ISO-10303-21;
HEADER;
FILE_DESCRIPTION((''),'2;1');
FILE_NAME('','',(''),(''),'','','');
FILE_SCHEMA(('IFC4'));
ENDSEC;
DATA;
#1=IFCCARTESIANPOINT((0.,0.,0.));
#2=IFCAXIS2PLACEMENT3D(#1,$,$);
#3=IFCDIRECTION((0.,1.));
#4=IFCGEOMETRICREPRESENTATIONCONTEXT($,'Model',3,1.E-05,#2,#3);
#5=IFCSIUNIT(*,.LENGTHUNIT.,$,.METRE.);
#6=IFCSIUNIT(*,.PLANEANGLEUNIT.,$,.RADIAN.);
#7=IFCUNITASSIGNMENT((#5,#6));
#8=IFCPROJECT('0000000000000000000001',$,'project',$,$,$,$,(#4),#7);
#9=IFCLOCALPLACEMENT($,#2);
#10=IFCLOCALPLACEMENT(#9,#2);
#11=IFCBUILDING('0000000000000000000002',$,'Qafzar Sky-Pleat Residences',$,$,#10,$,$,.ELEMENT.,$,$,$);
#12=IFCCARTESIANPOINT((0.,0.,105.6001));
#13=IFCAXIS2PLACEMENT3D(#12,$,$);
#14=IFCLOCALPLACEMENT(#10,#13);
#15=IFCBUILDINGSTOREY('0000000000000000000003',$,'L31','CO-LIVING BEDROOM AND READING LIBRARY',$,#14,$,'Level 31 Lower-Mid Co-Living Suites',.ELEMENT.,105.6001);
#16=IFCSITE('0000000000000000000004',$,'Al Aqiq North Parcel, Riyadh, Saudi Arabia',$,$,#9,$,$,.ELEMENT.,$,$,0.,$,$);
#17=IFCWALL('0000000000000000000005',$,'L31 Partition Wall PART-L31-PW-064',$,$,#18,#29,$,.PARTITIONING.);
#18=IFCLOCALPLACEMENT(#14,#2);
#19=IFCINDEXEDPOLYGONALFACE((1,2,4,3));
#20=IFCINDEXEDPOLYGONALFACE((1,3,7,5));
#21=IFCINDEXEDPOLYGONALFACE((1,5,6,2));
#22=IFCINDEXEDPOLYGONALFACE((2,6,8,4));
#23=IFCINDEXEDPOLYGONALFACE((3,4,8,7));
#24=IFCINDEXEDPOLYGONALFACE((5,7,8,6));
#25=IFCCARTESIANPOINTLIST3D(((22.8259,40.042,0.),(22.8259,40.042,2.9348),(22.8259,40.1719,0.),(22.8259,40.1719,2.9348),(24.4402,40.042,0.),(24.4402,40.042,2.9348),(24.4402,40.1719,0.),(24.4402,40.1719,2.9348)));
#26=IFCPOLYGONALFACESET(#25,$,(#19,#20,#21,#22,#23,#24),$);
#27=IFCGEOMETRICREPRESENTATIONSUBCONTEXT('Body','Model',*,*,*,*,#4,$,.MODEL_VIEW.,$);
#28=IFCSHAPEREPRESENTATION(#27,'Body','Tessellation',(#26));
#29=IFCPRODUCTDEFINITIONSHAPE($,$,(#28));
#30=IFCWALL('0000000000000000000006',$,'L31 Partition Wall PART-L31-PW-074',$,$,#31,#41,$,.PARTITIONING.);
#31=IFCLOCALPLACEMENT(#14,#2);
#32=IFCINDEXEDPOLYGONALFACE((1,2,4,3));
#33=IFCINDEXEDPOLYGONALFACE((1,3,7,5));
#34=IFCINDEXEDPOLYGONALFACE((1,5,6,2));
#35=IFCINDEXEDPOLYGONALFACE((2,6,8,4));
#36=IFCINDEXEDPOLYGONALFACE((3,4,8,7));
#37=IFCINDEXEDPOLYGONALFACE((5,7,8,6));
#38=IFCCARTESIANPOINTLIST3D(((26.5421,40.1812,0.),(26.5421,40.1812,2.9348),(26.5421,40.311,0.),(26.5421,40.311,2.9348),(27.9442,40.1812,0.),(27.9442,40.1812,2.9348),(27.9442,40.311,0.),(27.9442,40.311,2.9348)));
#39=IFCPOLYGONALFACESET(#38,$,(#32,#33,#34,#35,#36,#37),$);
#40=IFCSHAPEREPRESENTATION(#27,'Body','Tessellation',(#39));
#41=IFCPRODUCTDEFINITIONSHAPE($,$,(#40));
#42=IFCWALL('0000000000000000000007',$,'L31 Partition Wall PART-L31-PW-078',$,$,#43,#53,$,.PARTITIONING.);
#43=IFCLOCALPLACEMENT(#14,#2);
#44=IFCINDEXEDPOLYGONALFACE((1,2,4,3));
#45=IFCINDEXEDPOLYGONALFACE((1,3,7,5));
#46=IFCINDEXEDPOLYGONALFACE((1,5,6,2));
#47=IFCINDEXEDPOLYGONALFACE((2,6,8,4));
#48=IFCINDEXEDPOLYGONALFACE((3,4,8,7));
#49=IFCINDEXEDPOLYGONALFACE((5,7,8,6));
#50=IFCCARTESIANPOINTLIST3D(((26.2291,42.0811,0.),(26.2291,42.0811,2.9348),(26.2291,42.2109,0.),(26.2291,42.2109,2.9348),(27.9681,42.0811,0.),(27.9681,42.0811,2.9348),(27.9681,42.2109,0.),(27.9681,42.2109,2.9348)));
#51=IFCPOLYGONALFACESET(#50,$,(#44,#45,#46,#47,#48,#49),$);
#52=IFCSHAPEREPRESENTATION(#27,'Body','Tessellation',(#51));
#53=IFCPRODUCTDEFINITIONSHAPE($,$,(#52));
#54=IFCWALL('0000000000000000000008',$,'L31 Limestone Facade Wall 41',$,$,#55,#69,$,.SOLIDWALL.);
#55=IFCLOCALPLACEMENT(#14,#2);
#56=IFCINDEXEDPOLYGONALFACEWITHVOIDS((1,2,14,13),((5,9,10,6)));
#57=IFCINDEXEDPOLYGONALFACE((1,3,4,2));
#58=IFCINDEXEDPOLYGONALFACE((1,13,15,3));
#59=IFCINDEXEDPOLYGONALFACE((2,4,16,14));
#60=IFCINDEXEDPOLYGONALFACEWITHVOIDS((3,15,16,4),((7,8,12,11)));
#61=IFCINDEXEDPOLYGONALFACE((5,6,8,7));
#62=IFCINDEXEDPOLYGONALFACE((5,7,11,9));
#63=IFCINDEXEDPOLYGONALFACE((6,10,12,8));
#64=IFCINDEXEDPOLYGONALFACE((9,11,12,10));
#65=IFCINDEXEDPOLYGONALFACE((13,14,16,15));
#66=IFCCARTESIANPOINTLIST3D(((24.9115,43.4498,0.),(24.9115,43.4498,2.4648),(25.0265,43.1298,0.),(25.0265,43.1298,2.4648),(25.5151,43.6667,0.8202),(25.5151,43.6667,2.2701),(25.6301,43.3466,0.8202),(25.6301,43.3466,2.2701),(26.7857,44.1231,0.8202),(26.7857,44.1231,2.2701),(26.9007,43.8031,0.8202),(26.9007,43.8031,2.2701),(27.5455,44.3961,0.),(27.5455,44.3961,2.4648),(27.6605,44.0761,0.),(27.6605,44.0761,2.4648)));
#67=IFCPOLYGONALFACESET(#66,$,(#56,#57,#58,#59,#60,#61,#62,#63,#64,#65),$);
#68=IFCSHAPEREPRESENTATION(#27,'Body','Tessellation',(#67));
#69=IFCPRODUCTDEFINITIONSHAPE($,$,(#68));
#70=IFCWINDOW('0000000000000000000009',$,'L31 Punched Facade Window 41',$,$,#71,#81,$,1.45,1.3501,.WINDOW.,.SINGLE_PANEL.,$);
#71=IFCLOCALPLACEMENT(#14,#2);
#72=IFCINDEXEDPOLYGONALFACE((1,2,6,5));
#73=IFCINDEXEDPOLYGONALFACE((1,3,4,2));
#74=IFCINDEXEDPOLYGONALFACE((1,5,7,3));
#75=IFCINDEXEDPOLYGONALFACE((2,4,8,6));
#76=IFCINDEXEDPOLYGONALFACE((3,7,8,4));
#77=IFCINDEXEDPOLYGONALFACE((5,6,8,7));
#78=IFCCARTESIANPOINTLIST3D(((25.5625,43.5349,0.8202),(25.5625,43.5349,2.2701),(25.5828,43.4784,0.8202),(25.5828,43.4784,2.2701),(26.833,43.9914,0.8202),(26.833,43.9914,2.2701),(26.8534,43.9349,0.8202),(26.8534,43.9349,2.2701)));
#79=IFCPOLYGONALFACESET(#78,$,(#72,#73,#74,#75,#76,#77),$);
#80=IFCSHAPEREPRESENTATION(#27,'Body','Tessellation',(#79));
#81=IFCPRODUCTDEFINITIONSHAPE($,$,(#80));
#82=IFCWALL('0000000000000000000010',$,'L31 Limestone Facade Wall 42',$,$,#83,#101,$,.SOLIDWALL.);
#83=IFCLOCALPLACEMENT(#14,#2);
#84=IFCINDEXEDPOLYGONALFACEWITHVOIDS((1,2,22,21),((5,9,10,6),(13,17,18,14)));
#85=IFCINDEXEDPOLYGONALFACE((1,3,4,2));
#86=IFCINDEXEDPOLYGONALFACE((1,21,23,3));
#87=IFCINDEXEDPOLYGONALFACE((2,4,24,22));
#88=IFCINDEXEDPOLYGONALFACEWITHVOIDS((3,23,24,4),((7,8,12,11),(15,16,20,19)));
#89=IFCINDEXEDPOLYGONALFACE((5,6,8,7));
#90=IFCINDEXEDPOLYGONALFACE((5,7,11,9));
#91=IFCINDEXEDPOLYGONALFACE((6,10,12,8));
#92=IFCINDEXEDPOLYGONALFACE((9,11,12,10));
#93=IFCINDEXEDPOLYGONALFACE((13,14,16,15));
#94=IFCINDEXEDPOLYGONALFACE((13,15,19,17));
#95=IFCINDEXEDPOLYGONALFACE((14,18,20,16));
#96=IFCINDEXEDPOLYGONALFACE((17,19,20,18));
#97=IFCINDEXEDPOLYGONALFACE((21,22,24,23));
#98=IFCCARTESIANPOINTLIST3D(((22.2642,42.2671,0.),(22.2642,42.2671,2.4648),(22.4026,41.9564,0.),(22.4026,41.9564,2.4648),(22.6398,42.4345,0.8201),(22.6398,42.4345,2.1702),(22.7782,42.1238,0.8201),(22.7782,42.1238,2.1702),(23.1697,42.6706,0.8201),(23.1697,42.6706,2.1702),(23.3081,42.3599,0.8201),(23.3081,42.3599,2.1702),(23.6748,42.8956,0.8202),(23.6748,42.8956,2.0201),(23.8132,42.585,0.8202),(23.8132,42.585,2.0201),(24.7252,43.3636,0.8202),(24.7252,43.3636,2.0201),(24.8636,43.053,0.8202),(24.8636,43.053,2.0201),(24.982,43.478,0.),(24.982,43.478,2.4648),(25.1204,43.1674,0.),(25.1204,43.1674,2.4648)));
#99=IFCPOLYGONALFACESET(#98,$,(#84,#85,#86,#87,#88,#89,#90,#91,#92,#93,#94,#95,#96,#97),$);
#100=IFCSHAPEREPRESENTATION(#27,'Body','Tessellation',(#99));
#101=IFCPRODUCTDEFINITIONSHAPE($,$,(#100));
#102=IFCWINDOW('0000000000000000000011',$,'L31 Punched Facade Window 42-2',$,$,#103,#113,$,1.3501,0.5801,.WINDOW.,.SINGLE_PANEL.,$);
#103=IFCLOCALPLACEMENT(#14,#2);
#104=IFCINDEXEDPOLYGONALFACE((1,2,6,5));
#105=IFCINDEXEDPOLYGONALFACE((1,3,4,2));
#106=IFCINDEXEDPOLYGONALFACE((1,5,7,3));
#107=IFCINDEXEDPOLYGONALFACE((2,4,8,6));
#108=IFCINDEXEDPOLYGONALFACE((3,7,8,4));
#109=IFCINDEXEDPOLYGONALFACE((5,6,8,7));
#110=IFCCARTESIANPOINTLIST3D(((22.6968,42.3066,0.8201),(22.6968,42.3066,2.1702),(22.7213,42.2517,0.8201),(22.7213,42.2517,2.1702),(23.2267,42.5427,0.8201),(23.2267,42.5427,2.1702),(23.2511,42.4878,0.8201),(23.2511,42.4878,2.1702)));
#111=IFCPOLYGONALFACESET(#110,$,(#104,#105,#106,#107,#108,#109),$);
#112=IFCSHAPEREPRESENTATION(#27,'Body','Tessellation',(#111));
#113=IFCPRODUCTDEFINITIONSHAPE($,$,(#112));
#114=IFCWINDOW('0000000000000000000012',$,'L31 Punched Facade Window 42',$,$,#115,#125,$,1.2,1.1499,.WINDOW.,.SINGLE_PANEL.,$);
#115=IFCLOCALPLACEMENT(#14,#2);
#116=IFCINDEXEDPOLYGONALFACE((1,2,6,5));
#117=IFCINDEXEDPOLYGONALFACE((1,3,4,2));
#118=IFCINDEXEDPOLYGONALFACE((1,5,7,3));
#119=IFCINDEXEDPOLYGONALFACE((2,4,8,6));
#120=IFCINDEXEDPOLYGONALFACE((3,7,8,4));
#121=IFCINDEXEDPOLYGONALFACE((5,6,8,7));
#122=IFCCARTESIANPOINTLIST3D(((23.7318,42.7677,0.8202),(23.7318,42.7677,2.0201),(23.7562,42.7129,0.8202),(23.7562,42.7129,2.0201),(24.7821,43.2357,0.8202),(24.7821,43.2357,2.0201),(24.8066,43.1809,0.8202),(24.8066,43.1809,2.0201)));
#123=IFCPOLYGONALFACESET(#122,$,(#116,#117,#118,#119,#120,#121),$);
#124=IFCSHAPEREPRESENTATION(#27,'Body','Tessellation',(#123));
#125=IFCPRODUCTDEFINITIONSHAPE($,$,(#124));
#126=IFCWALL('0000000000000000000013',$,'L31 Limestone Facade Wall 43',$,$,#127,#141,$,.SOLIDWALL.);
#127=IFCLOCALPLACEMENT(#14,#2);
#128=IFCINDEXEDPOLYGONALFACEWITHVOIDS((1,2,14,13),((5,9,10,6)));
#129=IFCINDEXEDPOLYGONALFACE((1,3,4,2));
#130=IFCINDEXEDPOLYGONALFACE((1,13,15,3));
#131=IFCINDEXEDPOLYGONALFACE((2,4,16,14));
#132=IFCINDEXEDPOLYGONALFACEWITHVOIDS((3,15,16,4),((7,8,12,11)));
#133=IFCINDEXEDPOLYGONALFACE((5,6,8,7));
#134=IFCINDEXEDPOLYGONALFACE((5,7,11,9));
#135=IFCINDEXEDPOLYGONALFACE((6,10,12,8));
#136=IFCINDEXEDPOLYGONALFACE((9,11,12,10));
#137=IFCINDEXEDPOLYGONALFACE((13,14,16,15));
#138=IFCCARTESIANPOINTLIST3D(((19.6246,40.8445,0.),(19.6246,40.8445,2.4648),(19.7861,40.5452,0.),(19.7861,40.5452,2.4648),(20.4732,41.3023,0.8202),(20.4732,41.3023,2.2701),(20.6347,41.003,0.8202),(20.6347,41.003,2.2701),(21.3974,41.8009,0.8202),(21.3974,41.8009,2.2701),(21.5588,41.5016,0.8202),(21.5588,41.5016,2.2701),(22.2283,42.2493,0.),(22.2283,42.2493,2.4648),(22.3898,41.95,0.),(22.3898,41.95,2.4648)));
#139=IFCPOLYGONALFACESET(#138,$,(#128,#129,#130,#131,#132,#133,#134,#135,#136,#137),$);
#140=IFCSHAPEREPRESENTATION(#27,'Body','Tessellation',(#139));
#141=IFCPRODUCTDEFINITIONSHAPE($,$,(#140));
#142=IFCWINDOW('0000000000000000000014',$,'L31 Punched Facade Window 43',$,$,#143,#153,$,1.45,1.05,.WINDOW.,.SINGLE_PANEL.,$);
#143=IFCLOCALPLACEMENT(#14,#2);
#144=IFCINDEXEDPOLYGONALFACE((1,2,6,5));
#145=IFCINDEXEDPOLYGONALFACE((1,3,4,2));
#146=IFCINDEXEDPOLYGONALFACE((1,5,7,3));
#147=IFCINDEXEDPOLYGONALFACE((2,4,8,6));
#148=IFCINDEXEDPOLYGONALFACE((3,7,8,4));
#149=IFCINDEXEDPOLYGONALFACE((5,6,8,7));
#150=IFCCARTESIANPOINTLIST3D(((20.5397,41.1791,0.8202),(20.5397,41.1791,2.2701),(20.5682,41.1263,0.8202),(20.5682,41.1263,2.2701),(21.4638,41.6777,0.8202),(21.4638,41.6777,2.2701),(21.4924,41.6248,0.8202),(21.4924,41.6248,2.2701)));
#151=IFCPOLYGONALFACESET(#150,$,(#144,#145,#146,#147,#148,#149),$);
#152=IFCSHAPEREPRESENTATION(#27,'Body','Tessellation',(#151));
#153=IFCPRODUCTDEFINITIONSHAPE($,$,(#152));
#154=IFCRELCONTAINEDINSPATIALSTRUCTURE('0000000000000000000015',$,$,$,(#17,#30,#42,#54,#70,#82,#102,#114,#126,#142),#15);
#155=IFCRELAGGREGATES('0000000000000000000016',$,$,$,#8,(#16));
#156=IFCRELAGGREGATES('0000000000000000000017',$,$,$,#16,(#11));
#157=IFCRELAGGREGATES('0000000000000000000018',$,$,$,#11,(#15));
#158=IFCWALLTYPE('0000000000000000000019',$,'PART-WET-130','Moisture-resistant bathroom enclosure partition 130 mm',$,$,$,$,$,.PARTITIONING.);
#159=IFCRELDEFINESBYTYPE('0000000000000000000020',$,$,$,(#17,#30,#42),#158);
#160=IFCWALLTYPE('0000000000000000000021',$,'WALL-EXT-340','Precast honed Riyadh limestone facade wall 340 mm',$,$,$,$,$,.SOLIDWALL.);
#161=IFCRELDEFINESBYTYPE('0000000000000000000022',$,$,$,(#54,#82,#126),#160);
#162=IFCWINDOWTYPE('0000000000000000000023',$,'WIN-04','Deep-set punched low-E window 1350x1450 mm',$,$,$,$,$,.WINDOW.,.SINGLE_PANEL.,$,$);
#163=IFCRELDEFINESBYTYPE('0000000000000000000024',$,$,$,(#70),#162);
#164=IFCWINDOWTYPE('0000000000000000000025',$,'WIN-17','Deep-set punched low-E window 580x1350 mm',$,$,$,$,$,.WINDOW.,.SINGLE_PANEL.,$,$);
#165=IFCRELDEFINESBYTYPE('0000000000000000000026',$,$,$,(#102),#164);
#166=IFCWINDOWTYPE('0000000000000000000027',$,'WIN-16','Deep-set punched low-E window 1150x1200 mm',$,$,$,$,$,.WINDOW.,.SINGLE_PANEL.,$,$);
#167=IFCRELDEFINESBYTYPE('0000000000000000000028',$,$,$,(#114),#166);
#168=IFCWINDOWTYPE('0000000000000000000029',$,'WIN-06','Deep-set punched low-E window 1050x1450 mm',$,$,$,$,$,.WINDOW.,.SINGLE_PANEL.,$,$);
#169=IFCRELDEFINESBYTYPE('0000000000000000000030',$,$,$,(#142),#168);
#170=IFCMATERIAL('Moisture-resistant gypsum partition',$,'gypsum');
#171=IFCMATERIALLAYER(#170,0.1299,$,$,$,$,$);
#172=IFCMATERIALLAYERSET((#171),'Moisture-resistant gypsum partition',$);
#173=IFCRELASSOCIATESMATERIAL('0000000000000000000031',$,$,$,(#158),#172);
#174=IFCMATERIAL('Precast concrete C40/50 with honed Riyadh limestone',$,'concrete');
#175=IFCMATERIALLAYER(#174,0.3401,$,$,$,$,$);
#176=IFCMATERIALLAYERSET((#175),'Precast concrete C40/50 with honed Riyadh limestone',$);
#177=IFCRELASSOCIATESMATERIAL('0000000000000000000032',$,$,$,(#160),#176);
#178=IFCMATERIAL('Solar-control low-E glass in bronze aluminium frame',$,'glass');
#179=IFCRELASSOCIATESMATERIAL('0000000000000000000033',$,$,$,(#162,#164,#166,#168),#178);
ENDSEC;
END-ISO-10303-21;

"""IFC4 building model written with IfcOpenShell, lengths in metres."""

from ifc_helpers import new_model, si_unit, direction, frame, frame_2d, origin, place, context, subcontext, project, spatial, rectangle, extrude, source, transform, mapped, material, layer, layer_set, type_object, element, fill, save


model = new_model("IFC4")

# Units and contexts
model_context = context("Model", 3, precision=1e-05, world=origin(), true_north=direction((0.0, 1.0)))
body_context = subcontext(model_context, "Body", "Model", "MODEL_VIEW")
ifc_project = project(units=[si_unit("LENGTHUNIT", "METRE"), si_unit("PLANEANGLEUNIT", "RADIAN")], contexts=[model_context])

# Site, building, storey
site_placement = place(None, origin())
site = spatial("IfcSite", under=ifc_project, at=site_placement, Name="Al Aqiq North Parcel, Riyadh, Saudi Arabia", CompositionType="ELEMENT", RefElevation=0.0)
building_placement = place(site_placement, origin())
building = spatial("IfcBuilding", under=site, at=building_placement, Name="Qafzar Sky-Pleat Residences", CompositionType="ELEMENT")
storey_placement = place(building_placement, frame((0.0, 0.0, 105.6001)))
storey = spatial("IfcBuildingStorey", under=building, at=storey_placement, Name="L31", Description="CO-LIVING BEDROOM AND READING LIBRARY", LongName="Level 31 Lower-Mid Co-Living Suites", CompositionType="ELEMENT", Elevation=105.6001)

# Shared definitions
ifc_material_1 = material(Name="Moisture-resistant gypsum partition", Category="gypsum")
ifc_layer_1 = layer(ifc_material_1, 0.1299)
ifc_layer_set_1 = layer_set([ifc_layer_1], Name="Moisture-resistant gypsum partition")
wall_type_1 = type_object("IfcWallType", Name="PART-WET-130", Description="Moisture-resistant bathroom enclosure partition 130 mm", PredefinedType="PARTITIONING", material=ifc_layer_set_1)

# Walls
wall_1_placement = place(storey_placement, frame((22.8259, 40.1069, 0.0), z_axis=(0.0, 0.0, 1.0), x_axis=(1.0, 0.0, 0.0)))
element("IfcWall", 1, at=wall_1_placement, inside=storey, type_object=wall_type_1, Name="L31 Partition Wall PART-L31-PW-064", PredefinedType="PARTITIONING", context=body_context, shape_type="SweptSolid", body=[
    extrude(rectangle(XDim=1.6143, YDim=0.1299, at=frame_2d((0.8071, 0.0))), origin(), (0.0, 0.0, 1.0), 2.9348),
])
wall_2_placement = place(storey_placement, frame((26.542, 40.2461, 0.0), z_axis=(0.0, 0.0, 1.0), x_axis=(1.0, 0.0, 0.0)))
element("IfcWall", 2, at=wall_2_placement, inside=storey, type_object=wall_type_1, Name="L31 Partition Wall PART-L31-PW-074", PredefinedType="PARTITIONING", context=body_context, shape_type="SweptSolid", body=[
    extrude(rectangle(XDim=1.4021, YDim=0.1299, at=frame_2d((0.7012, 0.0))), origin(), (0.0, 0.0, 1.0), 2.9348),
])
wall_3_placement = place(storey_placement, frame((26.229, 42.146, 0.0), z_axis=(0.0, 0.0, 1.0), x_axis=(1.0, 0.0, 0.0)))
element("IfcWall", 3, at=wall_3_placement, inside=storey, type_object=wall_type_1, Name="L31 Partition Wall PART-L31-PW-078", PredefinedType="PARTITIONING", context=body_context, shape_type="SweptSolid", body=[
    extrude(rectangle(XDim=1.739, YDim=0.1299, at=frame_2d((0.8696, 0.0))), origin(), (0.0, 0.0, 1.0), 2.9348),
])

# Wall, opening, window
ifc_material_2 = material(Name="Precast concrete C40/50 with honed Riyadh limestone", Category="concrete")
ifc_layer_2 = layer(ifc_material_2, 0.3401)
ifc_layer_set_2 = layer_set([ifc_layer_2], Name="Precast concrete C40/50 with honed Riyadh limestone")
wall_type_2 = type_object("IfcWallType", Name="WALL-EXT-340", Description="Precast honed Riyadh limestone facade wall 340 mm", PredefinedType="SOLIDWALL", material=ifc_layer_set_2)
wall_4_placement = place(storey_placement, frame((27.603, 44.2361, 0.0), z_axis=(0.0, 0.0, 1.0), x_axis=(-0.941111, -0.338099, 0.0)))
wall_4 = element("IfcWall", 4, at=wall_4_placement, inside=storey, type_object=wall_type_2, Name="L31 Limestone Facade Wall 41", PredefinedType="SOLIDWALL", context=body_context, shape_type="SweptSolid", body=[
    extrude(rectangle(XDim=2.7988, YDim=0.3401, at=frame_2d((1.3994, 0.0))), origin(), (0.0, 0.0, 1.0), 2.4648),
])
opening_1_placement = place(wall_4_placement, frame((0.8074, 0.0, 0.8201)))
opening_1 = element("IfcOpeningElement", 5, at=opening_1_placement, cuts=wall_4, PredefinedType="OPENING", context=body_context, shape_type="SweptSolid", body=[
    extrude(rectangle(XDim=1.3501, YDim=1.45, at=frame_2d((0.675, 0.7251))), frame((0.0, 0.1802, 0.0), z_axis=(0.0, -1.0, 0.0), x_axis=(1.0, 0.0, 0.0)), (0.0, 0.0, 1.0), 0.3601),
])
ifc_material_3 = material(Name="Solar-control low-E glass in bronze aluminium frame", Category="glass")
window_type_1 = type_object("IfcWindowType", Name="WIN-04", Description="Deep-set punched low-E window 1350x1450 mm", PartitioningType="SINGLE_PANEL", PredefinedType="WINDOW", material=ifc_material_3)
shared_shape_1 = source(origin(), body_context, "Body", "SweptSolid", [
    extrude(rectangle(XDim=1.3501, YDim=1.45, at=frame_2d((0.675, 0.7251))), frame((0.0, 0.03, 0.0), z_axis=(0.0, -1.0, 0.0), x_axis=(1.0, 0.0, 0.0)), (0.0, 0.0, 1.0), 0.0601),
])
window_1_placement = place(opening_1_placement, origin())
window_1 = element("IfcWindow", 6, at=window_1_placement, inside=storey, type_object=window_type_1, Name="L31 Punched Facade Window 41", OverallHeight=1.45, OverallWidth=1.3501, PartitioningType="SINGLE_PANEL", PredefinedType="WINDOW", context=body_context, shape_type="MappedRepresentation", body=[
    mapped(shared_shape_1, transform((0.0, 0.0, 0.0), x_axis=(1.0, 0.0, 0.0), y_axis=(0.0, 1.0, 0.0), z_axis=(0.0, 0.0, 1.0), scale=1.0)),
])
fill(opening_1, window_1)

# Wall, openings, windows
wall_5_placement = place(storey_placement, frame((25.0513, 43.3228, 0.0), z_axis=(0.0, 0.0, 1.0), x_axis=(-0.913432, -0.406991, 0.0)))
wall_5 = element("IfcWall", 7, at=wall_5_placement, inside=storey, type_object=wall_type_2, Name="L31 Limestone Facade Wall 42", PredefinedType="SOLIDWALL", context=body_context, shape_type="SweptSolid", body=[
    extrude(rectangle(XDim=2.9753, YDim=0.3401, at=frame_2d((1.4878, 0.0))), origin(), (0.0, 0.0, 1.0), 2.4648),
])
opening_2_placement = place(wall_5_placement, frame((0.2812, 0.0, 0.8201)))
opening_2 = element("IfcOpeningElement", 8, at=opening_2_placement, cuts=wall_5, PredefinedType="OPENING", context=body_context, shape_type="SweptSolid", body=[
    extrude(rectangle(XDim=1.1499, YDim=1.2, at=frame_2d((0.575, 0.6001))), frame((0.0, 0.1802, 0.0), z_axis=(0.0, -1.0, 0.0), x_axis=(1.0, 0.0, 0.0)), (0.0, 0.0, 1.0), 0.3601),
])
opening_3_placement = place(wall_5_placement, frame((1.9841, 0.0, 0.8201)))
opening_3 = element("IfcOpeningElement", 9, at=opening_3_placement, cuts=wall_5, PredefinedType="OPENING", context=body_context, shape_type="SweptSolid", body=[
    extrude(rectangle(XDim=0.5801, YDim=1.3501, at=frame_2d((0.29, 0.675))), frame((0.0, 0.1802, 0.0), z_axis=(0.0, -1.0, 0.0), x_axis=(1.0, 0.0, 0.0)), (0.0, 0.0, 1.0), 0.3601),
])
window_type_2 = type_object("IfcWindowType", Name="WIN-17", Description="Deep-set punched low-E window 580x1350 mm", PartitioningType="SINGLE_PANEL", PredefinedType="WINDOW", material=ifc_material_3)
shared_shape_2 = source(origin(), body_context, "Body", "SweptSolid", [
    extrude(rectangle(XDim=0.5801, YDim=1.3501, at=frame_2d((0.29, 0.675))), frame((0.0, 0.03, 0.0), z_axis=(0.0, -1.0, 0.0), x_axis=(1.0, 0.0, 0.0)), (0.0, 0.0, 1.0), 0.0601),
])
window_2_placement = place(opening_3_placement, origin())
window_2 = element("IfcWindow", 10, at=window_2_placement, inside=storey, type_object=window_type_2, Name="L31 Punched Facade Window 42-2", OverallHeight=1.3501, OverallWidth=0.5801, PartitioningType="SINGLE_PANEL", PredefinedType="WINDOW", context=body_context, shape_type="MappedRepresentation", body=[
    mapped(shared_shape_2, transform((0.0, 0.0, 0.0), x_axis=(1.0, 0.0, 0.0), y_axis=(0.0, 1.0, 0.0), z_axis=(0.0, 0.0, 1.0), scale=1.0)),
])
fill(opening_3, window_2)
window_type_3 = type_object("IfcWindowType", Name="WIN-16", Description="Deep-set punched low-E window 1150x1200 mm", PartitioningType="SINGLE_PANEL", PredefinedType="WINDOW", material=ifc_material_3)
shared_shape_3 = source(origin(), body_context, "Body", "SweptSolid", [
    extrude(rectangle(XDim=1.1499, YDim=1.2, at=frame_2d((0.575, 0.6001))), frame((0.0, 0.03, 0.0), z_axis=(0.0, -1.0, 0.0), x_axis=(1.0, 0.0, 0.0)), (0.0, 0.0, 1.0), 0.0601),
])
window_3_placement = place(opening_2_placement, origin())
window_3 = element("IfcWindow", 11, at=window_3_placement, inside=storey, type_object=window_type_3, Name="L31 Punched Facade Window 42", OverallHeight=1.2, OverallWidth=1.1499, PartitioningType="SINGLE_PANEL", PredefinedType="WINDOW", context=body_context, shape_type="MappedRepresentation", body=[
    mapped(shared_shape_3, transform((0.0, 0.0, 0.0), x_axis=(1.0, 0.0, 0.0), y_axis=(0.0, 1.0, 0.0), z_axis=(0.0, 0.0, 1.0), scale=1.0)),
])
fill(opening_2, window_3)

# Wall, opening, window
wall_6_placement = place(storey_placement, frame((22.3091, 42.0996, 0.0), z_axis=(0.0, 0.0, 1.0), x_axis=(-0.880081, -0.474823, 0.0)))
wall_6 = element("IfcWall", 12, at=wall_6_placement, inside=storey, type_object=wall_type_2, Name="L31 Limestone Facade Wall 43", PredefinedType="SOLIDWALL", context=body_context, shape_type="SweptSolid", body=[
    extrude(rectangle(XDim=2.9585, YDim=0.3401, at=frame_2d((1.4792, 0.0))), origin(), (0.0, 0.0, 1.0), 2.4648),
])
opening_4_placement = place(wall_6_placement, frame((0.9443, 0.0, 0.8201)))
opening_4 = element("IfcOpeningElement", 13, at=opening_4_placement, cuts=wall_6, PredefinedType="OPENING", context=body_context, shape_type="SweptSolid", body=[
    extrude(rectangle(XDim=1.05, YDim=1.45, at=frame_2d((0.5249, 0.7251))), frame((0.0, 0.1802, 0.0), z_axis=(0.0, -1.0, 0.0), x_axis=(1.0, 0.0, 0.0)), (0.0, 0.0, 1.0), 0.3601),
])
window_type_4 = type_object("IfcWindowType", Name="WIN-06", Description="Deep-set punched low-E window 1050x1450 mm", PartitioningType="SINGLE_PANEL", PredefinedType="WINDOW", material=ifc_material_3)
shared_shape_4 = source(origin(), body_context, "Body", "SweptSolid", [
    extrude(rectangle(XDim=1.05, YDim=1.45, at=frame_2d((0.5249, 0.7251))), frame((0.0, 0.03, 0.0), z_axis=(0.0, -1.0, 0.0), x_axis=(1.0, 0.0, 0.0)), (0.0, 0.0, 1.0), 0.0601),
])
window_4_placement = place(opening_4_placement, origin())
window_4 = element("IfcWindow", 14, at=window_4_placement, inside=storey, type_object=window_type_4, Name="L31 Punched Facade Window 43", OverallHeight=1.45, OverallWidth=1.05, PartitioningType="SINGLE_PANEL", PredefinedType="WINDOW", context=body_context, shape_type="MappedRepresentation", body=[
    mapped(shared_shape_4, transform((0.0, 0.0, 0.0), x_axis=(1.0, 0.0, 0.0), y_axis=(0.0, 1.0, 0.0), z_axis=(0.0, 0.0, 1.0), scale=1.0)),
])
fill(opening_4, window_4)

save(model, "model.ifc")
